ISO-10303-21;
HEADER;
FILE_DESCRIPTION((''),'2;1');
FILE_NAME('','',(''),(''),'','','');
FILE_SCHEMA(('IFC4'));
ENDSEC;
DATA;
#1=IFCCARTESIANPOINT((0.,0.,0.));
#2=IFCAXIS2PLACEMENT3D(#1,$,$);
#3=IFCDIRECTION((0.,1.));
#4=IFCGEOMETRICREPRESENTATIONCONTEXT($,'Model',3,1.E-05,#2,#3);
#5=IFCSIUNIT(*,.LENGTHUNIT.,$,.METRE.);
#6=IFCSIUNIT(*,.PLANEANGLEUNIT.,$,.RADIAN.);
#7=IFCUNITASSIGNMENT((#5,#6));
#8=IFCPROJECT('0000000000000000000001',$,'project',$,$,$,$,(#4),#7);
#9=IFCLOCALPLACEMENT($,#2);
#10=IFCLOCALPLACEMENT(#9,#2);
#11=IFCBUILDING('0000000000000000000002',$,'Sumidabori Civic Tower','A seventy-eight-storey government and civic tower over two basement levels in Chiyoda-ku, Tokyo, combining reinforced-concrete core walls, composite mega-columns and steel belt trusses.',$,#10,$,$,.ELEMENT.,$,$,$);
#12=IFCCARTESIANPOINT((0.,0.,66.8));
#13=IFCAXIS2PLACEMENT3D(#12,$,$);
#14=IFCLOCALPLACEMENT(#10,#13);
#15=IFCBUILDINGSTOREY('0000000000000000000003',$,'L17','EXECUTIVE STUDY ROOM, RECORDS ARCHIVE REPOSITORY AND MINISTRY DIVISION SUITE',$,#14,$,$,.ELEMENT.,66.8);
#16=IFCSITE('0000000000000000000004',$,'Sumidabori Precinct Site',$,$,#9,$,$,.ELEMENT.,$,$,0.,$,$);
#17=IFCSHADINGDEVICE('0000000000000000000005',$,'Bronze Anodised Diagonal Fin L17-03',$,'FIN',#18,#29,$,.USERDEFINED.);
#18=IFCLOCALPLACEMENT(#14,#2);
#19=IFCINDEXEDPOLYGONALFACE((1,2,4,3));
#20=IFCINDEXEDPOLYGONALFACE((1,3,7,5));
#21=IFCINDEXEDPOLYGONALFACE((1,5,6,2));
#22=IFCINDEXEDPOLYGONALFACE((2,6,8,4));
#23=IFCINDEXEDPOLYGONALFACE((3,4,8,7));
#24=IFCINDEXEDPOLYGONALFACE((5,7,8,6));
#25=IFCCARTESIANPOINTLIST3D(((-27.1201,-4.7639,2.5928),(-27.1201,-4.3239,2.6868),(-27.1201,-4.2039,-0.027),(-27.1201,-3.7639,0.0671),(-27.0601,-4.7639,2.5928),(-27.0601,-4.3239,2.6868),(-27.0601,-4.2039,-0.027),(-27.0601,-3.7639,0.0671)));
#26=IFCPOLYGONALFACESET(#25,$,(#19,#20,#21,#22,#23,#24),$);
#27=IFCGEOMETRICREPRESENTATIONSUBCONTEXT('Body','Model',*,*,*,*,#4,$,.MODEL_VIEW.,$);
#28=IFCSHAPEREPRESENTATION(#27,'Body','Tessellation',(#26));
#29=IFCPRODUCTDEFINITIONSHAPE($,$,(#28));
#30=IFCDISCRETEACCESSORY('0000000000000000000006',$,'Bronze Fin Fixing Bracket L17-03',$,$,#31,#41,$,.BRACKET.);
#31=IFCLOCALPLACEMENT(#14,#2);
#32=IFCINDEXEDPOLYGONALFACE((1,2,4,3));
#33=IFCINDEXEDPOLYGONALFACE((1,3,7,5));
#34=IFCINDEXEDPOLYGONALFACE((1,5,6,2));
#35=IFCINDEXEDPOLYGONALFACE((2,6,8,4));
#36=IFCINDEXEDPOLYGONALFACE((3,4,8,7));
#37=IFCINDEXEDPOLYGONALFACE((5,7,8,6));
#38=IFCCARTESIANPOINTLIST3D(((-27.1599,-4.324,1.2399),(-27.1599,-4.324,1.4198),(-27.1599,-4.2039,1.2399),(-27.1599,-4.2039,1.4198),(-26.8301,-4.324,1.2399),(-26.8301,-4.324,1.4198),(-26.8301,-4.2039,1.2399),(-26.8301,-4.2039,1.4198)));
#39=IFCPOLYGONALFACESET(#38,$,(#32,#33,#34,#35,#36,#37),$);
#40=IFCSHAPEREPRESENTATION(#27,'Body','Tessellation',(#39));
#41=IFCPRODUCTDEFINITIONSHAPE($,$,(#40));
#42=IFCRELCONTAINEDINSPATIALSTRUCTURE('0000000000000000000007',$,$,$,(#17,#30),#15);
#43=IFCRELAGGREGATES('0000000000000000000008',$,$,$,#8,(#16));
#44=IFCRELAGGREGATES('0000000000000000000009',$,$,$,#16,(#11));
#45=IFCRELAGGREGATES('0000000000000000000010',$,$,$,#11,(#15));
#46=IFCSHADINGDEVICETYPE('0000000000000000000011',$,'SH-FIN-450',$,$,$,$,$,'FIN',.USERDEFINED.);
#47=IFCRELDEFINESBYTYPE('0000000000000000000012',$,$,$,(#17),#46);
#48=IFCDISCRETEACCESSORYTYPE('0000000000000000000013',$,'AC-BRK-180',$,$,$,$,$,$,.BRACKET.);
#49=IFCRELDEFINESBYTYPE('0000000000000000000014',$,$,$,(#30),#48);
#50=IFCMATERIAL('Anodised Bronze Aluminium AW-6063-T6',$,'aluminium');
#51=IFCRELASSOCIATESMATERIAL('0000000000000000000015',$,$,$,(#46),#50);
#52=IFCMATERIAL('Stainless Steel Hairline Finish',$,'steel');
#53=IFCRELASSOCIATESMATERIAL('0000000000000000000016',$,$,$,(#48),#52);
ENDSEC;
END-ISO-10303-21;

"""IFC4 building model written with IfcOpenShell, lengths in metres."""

from ifc_helpers import new_model, si_unit, direction, frame, origin, origin_2d, place, context, subcontext, project, spatial, rectangle, extrude, source, transform, mapped, material, material_profile, profile_set, type_object, element, save


model = new_model("IFC4")

# Units and contexts
model_context = context("Model", 3, precision=1e-05, world=origin(), true_north=direction((0.0, 1.0)))
body_context = subcontext(model_context, "Body", "Model", "MODEL_VIEW")
ifc_project = project(units=[si_unit("LENGTHUNIT", "METRE"), si_unit("PLANEANGLEUNIT", "RADIAN")], contexts=[model_context])

# Site, building, storey
site_placement = place(None, origin())
site = spatial("IfcSite", under=ifc_project, at=site_placement, Name="Sumidabori Precinct Site", CompositionType="ELEMENT", RefElevation=0.0)
building_placement = place(site_placement, origin())
building = spatial("IfcBuilding", under=site, at=building_placement, Name="Sumidabori Civic Tower", Description="A seventy-eight-storey government and civic tower over two basement levels in Chiyoda-ku, Tokyo, combining reinforced-concrete core walls, composite mega-columns and steel belt trusses.", CompositionType="ELEMENT")
storey_placement = place(building_placement, frame((0.0, 0.0, 66.8)))
storey = spatial("IfcBuildingStorey", under=building, at=storey_placement, Name="L17", Description="EXECUTIVE STUDY ROOM, RECORDS ARCHIVE REPOSITORY AND MINISTRY DIVISION SUITE", CompositionType="ELEMENT", Elevation=66.8)

# Shared definitions
ifc_material_1 = material(Name="Anodised Bronze Aluminium AW-6063-T6", Category="aluminium")

# Shading device
ifc_material_profile_1 = material_profile(ifc_material_1, rectangle(XDim=0.0601, YDim=0.45, at=origin_2d()), Name="BRONZE FIN 450x60")
ifc_profile_set_1 = profile_set([ifc_material_profile_1], Name="Anodised Bronze Aluminium AW-6063-T6")
shading_device_type = type_object("IfcShadingDeviceType", Name="SH-FIN-450", ElementType="FIN", PredefinedType="USERDEFINED", material=ifc_profile_set_1)
shared_shape_1 = source(origin(), body_context, "Body", "SweptSolid", [
    extrude(rectangle(XDim=0.0601, YDim=0.45, at=origin_2d()), origin(), (0.0, 0.0, 1.0), 2.679),
])
shading_device_placement = place(storey_placement, frame((-27.0901, -3.9839, 0.02), z_axis=(0.0, -0.20905, 0.977905), x_axis=(-1.0, 0.0, 0.0)))
element("IfcShadingDevice", 1, at=shading_device_placement, inside=storey, type_object=shading_device_type, Name="Bronze Anodised Diagonal Fin L17-03", ObjectType="FIN", PredefinedType="USERDEFINED", context=body_context, shape_type="MappedRepresentation", body=[
    mapped(shared_shape_1, transform((0.0, 0.0, 0.0), x_axis=(1.0, 0.0, 0.0), y_axis=(0.0, 1.0, 0.0), z_axis=(0.0, 0.0, 1.0), scale=1.0)),
])

# Discrete accessory
ifc_material_2 = material(Name="Stainless Steel Hairline Finish", Category="steel")
ifc_material_profile_2 = material_profile(ifc_material_2, rectangle(XDim=0.1201, YDim=0.1799, at=origin_2d()), Name="STEEL BRACKET 180x120")
ifc_profile_set_2 = profile_set([ifc_material_profile_2], Name="Stainless Steel Hairline Finish")
discrete_accessory_type = type_object("IfcDiscreteAccessoryType", Name="AC-BRK-180", PredefinedType="BRACKET", material=ifc_profile_set_2)
shared_shape_2 = source(origin(), body_context, "Body", "SweptSolid", [
    extrude(rectangle(XDim=0.1201, YDim=0.1799, at=origin_2d()), origin(), (0.0, 0.0, 1.0), 0.3298),
])
discrete_accessory_placement = place(storey_placement, frame((-26.8301, -4.2639, 1.3298), z_axis=(-1.0, 0.0, 0.0), x_axis=(0.0, -1.0, 0.0)))
element("IfcDiscreteAccessory", 2, at=discrete_accessory_placement, inside=storey, type_object=discrete_accessory_type, Name="Bronze Fin Fixing Bracket L17-03", PredefinedType="BRACKET", context=body_context, shape_type="MappedRepresentation", body=[
    mapped(shared_shape_2, transform((0.0, 0.0, 0.0), x_axis=(1.0, 0.0, 0.0), y_axis=(0.0, 1.0, 0.0), z_axis=(0.0, 0.0, 1.0), scale=1.0)),
])

save(model, "model.ifc")
